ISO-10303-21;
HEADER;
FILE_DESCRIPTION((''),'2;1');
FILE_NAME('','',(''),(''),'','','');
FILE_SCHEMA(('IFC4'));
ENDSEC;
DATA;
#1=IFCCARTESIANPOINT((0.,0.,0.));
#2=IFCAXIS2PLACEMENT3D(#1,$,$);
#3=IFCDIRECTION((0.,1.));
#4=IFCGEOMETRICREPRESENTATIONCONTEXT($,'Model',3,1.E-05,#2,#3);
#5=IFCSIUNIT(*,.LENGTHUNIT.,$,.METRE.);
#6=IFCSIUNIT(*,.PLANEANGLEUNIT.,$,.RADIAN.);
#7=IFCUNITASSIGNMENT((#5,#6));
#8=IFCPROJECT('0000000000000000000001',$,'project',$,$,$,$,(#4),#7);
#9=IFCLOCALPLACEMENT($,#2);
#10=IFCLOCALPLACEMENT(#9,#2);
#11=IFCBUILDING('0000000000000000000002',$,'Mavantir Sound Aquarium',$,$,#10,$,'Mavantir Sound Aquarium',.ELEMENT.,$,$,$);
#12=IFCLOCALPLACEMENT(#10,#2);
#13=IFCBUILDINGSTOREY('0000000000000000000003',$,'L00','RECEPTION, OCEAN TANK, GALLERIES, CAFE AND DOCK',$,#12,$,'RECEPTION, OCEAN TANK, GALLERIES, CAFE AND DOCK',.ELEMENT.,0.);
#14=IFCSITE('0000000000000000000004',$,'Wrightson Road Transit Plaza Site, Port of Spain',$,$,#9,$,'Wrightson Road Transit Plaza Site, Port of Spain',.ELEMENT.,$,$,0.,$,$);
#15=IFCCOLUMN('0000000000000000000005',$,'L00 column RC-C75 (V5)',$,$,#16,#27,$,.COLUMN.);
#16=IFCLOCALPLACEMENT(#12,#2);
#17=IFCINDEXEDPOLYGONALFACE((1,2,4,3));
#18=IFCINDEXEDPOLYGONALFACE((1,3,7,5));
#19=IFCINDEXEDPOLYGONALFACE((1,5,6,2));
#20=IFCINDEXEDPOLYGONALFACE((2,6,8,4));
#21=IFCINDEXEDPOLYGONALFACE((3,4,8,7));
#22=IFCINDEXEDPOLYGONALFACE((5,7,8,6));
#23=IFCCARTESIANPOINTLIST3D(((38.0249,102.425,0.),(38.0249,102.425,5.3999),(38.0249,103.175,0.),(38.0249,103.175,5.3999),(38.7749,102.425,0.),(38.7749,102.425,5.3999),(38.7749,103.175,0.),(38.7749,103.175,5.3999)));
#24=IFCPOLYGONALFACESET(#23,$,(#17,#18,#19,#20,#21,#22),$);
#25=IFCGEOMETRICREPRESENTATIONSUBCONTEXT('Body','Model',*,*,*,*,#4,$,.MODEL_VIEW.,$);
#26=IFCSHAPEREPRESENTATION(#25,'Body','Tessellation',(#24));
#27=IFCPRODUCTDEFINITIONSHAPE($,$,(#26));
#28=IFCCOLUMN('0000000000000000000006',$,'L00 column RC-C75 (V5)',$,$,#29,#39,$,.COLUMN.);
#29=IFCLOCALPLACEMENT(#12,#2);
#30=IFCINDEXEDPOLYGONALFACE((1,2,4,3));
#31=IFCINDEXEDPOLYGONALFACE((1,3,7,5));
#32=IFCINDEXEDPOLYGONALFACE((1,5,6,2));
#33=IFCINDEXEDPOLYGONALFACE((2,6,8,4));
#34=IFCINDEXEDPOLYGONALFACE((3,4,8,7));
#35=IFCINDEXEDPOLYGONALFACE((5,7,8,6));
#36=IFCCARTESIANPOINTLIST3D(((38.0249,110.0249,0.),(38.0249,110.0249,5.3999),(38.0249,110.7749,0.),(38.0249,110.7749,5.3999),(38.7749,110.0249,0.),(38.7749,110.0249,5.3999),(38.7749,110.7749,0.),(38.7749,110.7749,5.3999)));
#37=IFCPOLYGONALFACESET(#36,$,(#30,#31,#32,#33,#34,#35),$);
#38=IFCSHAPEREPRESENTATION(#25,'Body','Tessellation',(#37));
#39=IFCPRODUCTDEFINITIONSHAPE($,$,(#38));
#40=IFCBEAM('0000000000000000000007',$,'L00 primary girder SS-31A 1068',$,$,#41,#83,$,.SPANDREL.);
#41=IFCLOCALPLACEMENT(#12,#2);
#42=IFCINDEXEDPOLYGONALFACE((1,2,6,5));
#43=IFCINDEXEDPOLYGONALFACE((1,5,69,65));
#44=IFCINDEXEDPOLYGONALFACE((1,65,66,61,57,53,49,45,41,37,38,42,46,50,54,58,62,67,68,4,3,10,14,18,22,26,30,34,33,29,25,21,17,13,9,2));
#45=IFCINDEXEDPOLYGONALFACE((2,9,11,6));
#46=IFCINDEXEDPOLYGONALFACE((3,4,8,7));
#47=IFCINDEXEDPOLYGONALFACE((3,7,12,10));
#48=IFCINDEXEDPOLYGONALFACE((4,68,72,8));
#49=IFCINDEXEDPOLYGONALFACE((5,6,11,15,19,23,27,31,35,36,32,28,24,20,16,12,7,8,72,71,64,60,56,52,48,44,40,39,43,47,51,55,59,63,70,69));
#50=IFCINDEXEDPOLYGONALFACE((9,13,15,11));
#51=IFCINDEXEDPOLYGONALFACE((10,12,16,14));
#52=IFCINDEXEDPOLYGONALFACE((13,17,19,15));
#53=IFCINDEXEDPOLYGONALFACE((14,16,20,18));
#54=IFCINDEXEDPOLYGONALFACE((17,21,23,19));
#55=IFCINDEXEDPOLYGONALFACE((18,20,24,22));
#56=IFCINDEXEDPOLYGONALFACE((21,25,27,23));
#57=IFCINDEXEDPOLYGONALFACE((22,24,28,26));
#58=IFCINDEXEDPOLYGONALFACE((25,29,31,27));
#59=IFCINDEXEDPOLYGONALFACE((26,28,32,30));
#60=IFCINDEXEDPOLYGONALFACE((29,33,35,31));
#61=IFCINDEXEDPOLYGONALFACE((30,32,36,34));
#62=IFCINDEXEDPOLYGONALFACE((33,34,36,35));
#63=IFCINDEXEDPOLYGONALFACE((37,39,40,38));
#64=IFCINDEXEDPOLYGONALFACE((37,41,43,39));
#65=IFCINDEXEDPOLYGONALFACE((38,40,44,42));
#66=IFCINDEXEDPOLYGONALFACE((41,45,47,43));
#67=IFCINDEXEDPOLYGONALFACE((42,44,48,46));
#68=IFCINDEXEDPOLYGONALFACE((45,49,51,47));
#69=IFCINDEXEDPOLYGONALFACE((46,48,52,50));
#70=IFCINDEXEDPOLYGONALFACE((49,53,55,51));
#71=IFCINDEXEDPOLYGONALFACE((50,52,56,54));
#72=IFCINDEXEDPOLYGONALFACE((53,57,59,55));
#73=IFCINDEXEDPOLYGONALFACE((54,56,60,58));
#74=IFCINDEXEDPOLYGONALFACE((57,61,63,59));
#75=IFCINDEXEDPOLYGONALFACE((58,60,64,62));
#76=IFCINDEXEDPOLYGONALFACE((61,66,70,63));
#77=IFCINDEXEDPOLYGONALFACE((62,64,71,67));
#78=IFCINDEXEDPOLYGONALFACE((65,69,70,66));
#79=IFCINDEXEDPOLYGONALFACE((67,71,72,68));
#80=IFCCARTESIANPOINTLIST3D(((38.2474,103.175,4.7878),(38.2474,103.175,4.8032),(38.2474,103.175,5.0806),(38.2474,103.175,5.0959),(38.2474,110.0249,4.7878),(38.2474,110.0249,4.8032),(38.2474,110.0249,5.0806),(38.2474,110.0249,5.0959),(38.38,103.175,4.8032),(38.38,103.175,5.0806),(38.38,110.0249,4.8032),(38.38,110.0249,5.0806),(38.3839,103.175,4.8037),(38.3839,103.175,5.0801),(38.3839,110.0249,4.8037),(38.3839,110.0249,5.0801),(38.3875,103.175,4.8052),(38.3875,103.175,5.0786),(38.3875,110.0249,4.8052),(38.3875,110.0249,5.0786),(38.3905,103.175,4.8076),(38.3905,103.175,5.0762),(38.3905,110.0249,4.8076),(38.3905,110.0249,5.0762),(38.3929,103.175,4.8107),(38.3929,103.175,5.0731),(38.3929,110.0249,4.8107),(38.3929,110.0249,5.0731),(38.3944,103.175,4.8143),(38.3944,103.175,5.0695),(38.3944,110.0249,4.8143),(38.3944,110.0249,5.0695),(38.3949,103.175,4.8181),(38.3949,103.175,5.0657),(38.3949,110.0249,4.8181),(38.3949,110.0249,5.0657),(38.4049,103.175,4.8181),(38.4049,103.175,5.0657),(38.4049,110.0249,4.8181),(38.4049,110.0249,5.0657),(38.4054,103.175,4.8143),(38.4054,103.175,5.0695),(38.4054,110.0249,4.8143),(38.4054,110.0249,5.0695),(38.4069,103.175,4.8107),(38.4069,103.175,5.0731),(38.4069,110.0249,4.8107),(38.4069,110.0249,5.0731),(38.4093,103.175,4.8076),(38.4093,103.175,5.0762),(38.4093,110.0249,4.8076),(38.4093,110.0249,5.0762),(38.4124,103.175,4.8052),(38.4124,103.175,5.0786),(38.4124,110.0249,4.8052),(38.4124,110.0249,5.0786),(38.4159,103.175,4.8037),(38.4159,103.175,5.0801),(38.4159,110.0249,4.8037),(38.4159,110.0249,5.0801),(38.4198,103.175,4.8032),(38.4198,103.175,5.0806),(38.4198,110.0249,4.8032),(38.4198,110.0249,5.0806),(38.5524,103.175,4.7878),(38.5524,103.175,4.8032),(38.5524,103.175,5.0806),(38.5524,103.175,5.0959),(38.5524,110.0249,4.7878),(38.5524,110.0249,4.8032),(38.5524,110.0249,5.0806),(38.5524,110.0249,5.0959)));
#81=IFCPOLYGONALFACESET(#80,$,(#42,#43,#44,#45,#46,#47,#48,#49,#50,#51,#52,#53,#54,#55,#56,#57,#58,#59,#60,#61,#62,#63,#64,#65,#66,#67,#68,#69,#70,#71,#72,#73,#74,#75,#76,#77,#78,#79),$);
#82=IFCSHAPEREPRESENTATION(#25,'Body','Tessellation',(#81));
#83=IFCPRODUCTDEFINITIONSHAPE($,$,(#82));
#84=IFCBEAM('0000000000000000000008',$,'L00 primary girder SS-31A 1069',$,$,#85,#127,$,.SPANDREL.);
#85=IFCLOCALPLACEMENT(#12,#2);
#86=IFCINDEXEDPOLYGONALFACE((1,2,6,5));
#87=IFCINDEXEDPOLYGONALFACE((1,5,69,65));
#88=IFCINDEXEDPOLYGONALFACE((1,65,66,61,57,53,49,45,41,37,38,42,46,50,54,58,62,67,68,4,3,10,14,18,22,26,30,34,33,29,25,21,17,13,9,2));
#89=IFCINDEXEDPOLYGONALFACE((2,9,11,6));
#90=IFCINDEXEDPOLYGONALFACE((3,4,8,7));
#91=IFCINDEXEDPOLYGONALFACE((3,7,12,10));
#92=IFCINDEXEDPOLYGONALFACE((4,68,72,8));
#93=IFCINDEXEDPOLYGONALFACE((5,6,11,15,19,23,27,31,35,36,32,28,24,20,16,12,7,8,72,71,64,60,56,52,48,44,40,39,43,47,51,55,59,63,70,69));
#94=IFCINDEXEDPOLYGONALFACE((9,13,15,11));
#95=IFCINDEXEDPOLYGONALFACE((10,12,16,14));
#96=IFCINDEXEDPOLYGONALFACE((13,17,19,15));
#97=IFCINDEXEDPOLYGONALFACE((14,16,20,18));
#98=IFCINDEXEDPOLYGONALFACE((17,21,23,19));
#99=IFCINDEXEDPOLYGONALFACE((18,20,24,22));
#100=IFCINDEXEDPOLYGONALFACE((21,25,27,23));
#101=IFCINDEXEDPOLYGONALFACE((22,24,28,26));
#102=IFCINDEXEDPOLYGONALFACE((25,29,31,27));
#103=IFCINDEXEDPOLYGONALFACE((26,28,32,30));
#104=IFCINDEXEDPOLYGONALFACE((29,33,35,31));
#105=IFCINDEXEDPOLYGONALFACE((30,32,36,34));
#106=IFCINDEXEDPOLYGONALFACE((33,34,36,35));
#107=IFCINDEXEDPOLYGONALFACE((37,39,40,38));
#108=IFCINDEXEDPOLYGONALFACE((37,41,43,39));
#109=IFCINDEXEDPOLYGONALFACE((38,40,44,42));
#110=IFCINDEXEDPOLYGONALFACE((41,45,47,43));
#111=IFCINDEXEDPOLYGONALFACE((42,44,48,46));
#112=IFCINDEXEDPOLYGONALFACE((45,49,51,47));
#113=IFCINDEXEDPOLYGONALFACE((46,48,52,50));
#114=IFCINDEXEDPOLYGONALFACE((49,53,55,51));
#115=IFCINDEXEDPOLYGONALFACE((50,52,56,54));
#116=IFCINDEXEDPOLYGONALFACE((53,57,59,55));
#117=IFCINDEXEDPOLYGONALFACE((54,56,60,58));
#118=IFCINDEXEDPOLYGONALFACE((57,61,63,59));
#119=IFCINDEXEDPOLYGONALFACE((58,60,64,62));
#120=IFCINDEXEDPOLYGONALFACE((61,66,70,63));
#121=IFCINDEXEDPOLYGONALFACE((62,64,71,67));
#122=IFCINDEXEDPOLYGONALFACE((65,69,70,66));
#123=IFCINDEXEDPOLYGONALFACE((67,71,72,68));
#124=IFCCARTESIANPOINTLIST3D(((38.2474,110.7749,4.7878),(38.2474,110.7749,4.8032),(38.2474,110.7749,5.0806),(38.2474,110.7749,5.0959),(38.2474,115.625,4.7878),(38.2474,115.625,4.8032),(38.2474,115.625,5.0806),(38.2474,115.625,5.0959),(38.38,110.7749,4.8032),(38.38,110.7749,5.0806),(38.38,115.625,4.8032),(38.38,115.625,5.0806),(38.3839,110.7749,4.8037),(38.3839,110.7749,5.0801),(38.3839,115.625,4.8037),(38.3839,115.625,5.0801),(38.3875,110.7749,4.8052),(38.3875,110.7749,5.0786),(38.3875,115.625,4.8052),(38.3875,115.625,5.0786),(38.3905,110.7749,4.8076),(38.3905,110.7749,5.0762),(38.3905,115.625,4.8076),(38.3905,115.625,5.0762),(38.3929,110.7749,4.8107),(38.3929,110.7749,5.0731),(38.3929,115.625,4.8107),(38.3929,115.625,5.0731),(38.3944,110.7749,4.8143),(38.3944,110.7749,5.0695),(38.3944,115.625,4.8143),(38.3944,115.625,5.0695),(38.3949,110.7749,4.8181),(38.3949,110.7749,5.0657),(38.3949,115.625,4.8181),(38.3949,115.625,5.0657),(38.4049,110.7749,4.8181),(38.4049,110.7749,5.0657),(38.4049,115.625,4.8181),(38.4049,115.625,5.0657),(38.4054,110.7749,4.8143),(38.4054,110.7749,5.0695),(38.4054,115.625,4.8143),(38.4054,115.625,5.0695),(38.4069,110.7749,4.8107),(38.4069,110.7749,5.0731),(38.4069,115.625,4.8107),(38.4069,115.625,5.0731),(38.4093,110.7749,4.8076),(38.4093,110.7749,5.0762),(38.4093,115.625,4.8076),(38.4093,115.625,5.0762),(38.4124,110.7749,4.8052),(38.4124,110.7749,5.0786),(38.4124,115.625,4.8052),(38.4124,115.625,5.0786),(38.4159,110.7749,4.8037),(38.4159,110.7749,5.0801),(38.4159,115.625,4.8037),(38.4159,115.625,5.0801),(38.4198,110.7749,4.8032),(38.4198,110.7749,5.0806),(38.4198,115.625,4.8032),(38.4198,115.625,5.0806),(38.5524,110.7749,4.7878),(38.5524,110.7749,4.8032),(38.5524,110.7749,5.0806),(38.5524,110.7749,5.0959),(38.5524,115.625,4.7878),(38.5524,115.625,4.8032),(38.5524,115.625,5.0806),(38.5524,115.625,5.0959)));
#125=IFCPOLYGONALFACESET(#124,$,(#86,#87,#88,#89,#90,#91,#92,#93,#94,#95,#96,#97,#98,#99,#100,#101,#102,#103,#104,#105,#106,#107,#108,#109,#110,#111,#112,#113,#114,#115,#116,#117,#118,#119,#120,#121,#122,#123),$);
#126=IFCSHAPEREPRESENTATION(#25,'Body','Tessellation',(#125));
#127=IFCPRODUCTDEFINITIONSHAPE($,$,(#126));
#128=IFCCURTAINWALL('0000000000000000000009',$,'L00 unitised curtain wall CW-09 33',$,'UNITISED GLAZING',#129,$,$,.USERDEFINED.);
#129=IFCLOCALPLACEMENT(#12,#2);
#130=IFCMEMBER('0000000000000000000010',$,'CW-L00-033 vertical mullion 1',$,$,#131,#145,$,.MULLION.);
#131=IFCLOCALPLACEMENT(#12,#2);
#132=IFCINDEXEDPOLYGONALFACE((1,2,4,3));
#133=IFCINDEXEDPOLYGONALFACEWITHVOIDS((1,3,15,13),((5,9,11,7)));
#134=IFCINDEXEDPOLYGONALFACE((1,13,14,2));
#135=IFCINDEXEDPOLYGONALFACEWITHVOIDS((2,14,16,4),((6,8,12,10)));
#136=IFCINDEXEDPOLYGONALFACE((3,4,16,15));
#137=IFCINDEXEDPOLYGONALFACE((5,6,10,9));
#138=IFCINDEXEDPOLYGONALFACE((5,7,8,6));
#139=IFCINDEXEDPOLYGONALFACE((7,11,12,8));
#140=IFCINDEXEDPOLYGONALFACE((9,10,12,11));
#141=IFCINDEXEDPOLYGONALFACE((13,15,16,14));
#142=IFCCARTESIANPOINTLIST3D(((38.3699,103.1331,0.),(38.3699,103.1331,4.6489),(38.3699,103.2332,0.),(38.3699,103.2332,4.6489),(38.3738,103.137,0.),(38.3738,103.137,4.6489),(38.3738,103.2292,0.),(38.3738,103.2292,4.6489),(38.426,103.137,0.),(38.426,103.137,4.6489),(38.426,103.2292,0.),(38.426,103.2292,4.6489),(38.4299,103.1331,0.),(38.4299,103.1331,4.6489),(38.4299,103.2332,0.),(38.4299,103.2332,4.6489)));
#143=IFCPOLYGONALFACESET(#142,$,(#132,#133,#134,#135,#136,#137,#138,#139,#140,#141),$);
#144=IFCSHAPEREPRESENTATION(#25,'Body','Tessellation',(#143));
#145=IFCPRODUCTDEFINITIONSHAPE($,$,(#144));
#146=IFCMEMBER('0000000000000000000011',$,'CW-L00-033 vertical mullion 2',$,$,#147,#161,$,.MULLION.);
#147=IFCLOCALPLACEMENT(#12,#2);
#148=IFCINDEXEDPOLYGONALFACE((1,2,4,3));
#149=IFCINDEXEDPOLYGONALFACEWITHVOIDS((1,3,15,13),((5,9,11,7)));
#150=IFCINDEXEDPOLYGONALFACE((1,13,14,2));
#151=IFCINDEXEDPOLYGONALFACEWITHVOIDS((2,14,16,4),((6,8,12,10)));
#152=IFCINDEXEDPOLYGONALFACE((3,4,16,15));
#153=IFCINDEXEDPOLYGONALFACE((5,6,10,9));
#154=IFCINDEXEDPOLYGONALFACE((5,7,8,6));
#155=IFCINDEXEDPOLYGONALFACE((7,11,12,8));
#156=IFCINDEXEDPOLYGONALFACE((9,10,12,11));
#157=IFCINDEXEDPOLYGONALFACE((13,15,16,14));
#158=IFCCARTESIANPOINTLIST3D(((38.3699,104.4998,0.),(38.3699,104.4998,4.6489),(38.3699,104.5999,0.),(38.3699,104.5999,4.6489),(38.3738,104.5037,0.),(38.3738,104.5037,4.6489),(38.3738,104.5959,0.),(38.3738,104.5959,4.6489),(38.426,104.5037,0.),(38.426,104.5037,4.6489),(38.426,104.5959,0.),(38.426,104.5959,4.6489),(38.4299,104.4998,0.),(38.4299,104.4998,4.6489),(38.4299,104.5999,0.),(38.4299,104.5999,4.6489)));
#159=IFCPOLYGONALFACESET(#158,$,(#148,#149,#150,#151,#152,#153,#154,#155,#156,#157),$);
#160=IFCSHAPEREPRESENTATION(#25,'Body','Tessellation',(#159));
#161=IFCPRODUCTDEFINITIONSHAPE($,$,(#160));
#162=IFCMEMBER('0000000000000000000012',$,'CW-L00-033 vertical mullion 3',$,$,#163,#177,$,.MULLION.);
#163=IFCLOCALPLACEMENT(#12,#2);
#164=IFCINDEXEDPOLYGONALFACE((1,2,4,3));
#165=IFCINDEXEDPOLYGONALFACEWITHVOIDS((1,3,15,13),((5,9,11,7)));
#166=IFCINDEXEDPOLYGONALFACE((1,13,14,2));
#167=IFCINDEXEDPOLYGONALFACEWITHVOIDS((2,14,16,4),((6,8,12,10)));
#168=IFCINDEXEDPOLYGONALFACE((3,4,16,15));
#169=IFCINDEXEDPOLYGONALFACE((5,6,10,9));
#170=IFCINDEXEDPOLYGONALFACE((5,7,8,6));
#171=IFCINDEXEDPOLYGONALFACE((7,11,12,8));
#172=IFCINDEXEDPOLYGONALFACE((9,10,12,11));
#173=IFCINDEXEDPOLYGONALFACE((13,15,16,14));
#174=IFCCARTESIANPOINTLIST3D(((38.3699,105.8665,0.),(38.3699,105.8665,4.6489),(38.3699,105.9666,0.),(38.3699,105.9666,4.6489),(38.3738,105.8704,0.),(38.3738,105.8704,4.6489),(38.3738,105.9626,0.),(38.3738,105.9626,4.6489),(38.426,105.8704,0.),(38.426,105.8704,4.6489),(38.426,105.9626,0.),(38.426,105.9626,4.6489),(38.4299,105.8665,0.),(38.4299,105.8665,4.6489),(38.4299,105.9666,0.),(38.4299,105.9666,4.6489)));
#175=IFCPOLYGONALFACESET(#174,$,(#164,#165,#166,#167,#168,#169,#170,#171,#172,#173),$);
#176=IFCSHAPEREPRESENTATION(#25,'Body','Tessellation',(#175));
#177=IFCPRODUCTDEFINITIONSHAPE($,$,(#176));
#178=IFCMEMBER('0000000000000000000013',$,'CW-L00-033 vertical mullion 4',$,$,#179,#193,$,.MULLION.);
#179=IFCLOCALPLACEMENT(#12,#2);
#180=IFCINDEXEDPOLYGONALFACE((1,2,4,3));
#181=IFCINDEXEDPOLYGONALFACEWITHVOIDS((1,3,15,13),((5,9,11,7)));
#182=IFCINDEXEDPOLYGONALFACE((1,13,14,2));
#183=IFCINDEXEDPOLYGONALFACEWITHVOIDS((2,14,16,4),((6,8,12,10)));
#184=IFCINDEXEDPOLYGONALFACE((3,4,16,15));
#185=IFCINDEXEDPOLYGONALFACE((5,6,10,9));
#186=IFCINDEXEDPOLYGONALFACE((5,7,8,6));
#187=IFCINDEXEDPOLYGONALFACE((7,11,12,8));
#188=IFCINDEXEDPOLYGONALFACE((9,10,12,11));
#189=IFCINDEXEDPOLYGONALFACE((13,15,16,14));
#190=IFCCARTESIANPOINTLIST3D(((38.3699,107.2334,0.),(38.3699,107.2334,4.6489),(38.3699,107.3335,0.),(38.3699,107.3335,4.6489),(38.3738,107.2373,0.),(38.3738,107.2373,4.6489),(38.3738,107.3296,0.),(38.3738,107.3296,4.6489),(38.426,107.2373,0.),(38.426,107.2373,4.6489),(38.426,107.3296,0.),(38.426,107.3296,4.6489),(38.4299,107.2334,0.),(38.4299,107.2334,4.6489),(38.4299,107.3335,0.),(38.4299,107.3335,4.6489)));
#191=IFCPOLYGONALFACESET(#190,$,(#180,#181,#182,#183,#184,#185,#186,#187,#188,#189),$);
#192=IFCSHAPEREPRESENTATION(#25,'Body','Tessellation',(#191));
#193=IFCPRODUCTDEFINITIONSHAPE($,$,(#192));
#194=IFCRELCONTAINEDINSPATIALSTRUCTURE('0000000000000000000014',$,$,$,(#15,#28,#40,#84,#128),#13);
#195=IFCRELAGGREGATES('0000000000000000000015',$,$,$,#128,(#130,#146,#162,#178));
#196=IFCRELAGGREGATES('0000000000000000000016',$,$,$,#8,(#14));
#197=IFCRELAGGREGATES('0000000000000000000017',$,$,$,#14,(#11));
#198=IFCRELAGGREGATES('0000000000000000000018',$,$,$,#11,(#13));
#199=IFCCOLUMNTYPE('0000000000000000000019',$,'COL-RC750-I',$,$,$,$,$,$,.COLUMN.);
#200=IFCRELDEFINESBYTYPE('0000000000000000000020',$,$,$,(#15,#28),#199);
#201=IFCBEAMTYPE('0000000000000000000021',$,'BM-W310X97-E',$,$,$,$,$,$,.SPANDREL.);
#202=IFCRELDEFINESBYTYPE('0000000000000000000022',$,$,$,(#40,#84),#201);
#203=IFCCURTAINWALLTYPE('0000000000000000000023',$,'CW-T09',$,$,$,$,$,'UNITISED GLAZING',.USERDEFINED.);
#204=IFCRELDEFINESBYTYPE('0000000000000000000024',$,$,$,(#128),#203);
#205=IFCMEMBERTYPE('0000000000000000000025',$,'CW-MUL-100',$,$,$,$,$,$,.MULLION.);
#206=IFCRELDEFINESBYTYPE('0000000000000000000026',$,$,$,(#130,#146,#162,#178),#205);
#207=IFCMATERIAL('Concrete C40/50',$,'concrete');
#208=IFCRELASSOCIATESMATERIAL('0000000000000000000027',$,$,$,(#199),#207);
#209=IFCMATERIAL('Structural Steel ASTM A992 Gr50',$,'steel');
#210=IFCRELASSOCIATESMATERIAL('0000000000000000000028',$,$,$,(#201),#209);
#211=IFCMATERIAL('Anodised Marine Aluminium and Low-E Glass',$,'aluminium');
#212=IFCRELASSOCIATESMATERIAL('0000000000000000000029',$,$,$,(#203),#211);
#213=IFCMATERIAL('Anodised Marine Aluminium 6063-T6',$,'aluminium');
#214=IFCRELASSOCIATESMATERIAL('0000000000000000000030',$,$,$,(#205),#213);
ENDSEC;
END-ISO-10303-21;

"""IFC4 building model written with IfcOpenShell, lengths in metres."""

from ifc_helpers import new_model, si_unit, direction, frame, origin, origin_2d, place, context, subcontext, project, spatial, rectangle, hollow_rectangle, i_section, extrude, material, material_profile, profile_set, type_object, element, aggregate, save


model = new_model("IFC4")

# Units and contexts
model_context = context("Model", 3, precision=1e-05, world=origin(), true_north=direction((0.0, 1.0)))
body_context = subcontext(model_context, "Body", "Model", "MODEL_VIEW")
ifc_project = project(units=[si_unit("LENGTHUNIT", "METRE"), si_unit("PLANEANGLEUNIT", "RADIAN")], contexts=[model_context])

# Site, building, storey
site_placement = place(None, origin())
site = spatial("IfcSite", under=ifc_project, at=site_placement, Name="Wrightson Road Transit Plaza Site, Port of Spain", LongName="Wrightson Road Transit Plaza Site, Port of Spain", CompositionType="ELEMENT", RefElevation=0.0)
building_placement = place(site_placement, origin())
building = spatial("IfcBuilding", under=site, at=building_placement, Name="Mavantir Sound Aquarium", LongName="Mavantir Sound Aquarium", CompositionType="ELEMENT")
storey_placement = place(building_placement, origin())
storey = spatial("IfcBuildingStorey", under=building, at=storey_placement, Name="L00", Description="RECEPTION, OCEAN TANK, GALLERIES, CAFE AND DOCK", LongName="RECEPTION, OCEAN TANK, GALLERIES, CAFE AND DOCK", CompositionType="ELEMENT", Elevation=0.0)

# Columns
ifc_material_1 = material(Name="Concrete C40/50", Category="concrete")
ifc_material_profile_1 = material_profile(ifc_material_1, rectangle(XDim=0.75, YDim=0.75, at=origin_2d()), Name="RC 750X750")
ifc_profile_set_1 = profile_set([ifc_material_profile_1], Name="Concrete C40/50")
column_type = type_object("IfcColumnType", Name="COL-RC750-I", PredefinedType="COLUMN", material=ifc_profile_set_1)
for number, where, z_axis, x_axis, name in (
    (1, (38.3999, 102.8, 0.0), (0.0, 0.0, 1.0), (1.0, 0.0, 0.0), "L00 column RC-C75 (V5)"),
    (2, (38.3999, 110.3999, 0.0), (0.0, 0.0, 1.0), (1.0, 0.0, 0.0), "L00 column RC-C75 (V5)"),
):
    element("IfcColumn", number, at=place(storey_placement, frame(where, z_axis=z_axis, x_axis=x_axis)), inside=storey, type_object=column_type, Name=name, PredefinedType="COLUMN", context=body_context, shape_type="SweptSolid", body=[
        extrude(rectangle(XDim=0.75, YDim=0.75, at=origin_2d()), origin(), (0.0, 0.0, 1.0), 5.3999),
    ])

# Beams
ifc_material_2 = material(Name="Structural Steel ASTM A992 Gr50", Category="steel")
ifc_material_profile_2 = material_profile(ifc_material_2, i_section(OverallWidth=0.3049, OverallDepth=0.3081, WebThickness=0.01, FlangeThickness=0.0154, FilletRadius=0.0149, at=origin_2d()), Name="W310X97")
ifc_profile_set_2 = profile_set([ifc_material_profile_2], Name="Structural Steel ASTM A992 Gr50")
beam_type = type_object("IfcBeamType", Name="BM-W310X97-E", PredefinedType="SPANDREL", material=ifc_profile_set_2)
beam_1_placement = place(storey_placement, frame((38.3999, 103.175, 4.9419), z_axis=(0.0, 1.0, 0.0), x_axis=(-1.0, 0.0, 0.0)))
element("IfcBeam", 3, at=beam_1_placement, inside=storey, type_object=beam_type, Name="L00 primary girder SS-31A 1068", PredefinedType="SPANDREL", context=body_context, shape_type="SweptSolid", body=[
    extrude(i_section(OverallWidth=0.3049, OverallDepth=0.3081, WebThickness=0.01, FlangeThickness=0.0154, FilletRadius=0.0149, at=origin_2d()), origin(), (0.0, 0.0, 1.0), 6.8499),
])
beam_2_placement = place(storey_placement, frame((38.3999, 110.7749, 4.9419), z_axis=(0.0, 1.0, 0.0), x_axis=(-1.0, 0.0, 0.0)))
element("IfcBeam", 4, at=beam_2_placement, inside=storey, type_object=beam_type, Name="L00 primary girder SS-31A 1069", PredefinedType="SPANDREL", context=body_context, shape_type="SweptSolid", body=[
    extrude(i_section(OverallWidth=0.3049, OverallDepth=0.3081, WebThickness=0.01, FlangeThickness=0.0154, FilletRadius=0.0149, at=origin_2d()), origin(), (0.0, 0.0, 1.0), 4.8501),
])

# Curtain wall, members
ifc_material_3 = material(Name="Anodised Marine Aluminium and Low-E Glass", Category="aluminium")
curtain_wall_type_1 = type_object("IfcCurtainWallType", Name="CW-T09", ElementType="UNITISED GLAZING", PredefinedType="USERDEFINED", material=ifc_material_3)
curtain_wall_1_placement = place(storey_placement, origin())
curtain_wall_1 = element("IfcCurtainWall", 5, at=curtain_wall_1_placement, inside=storey, type_object=curtain_wall_type_1, Name="L00 unitised curtain wall CW-09 33", ObjectType="UNITISED GLAZING", PredefinedType="USERDEFINED")
ifc_material_4 = material(Name="Anodised Marine Aluminium 6063-T6", Category="aluminium")
ifc_material_profile_3 = material_profile(ifc_material_4, hollow_rectangle(XDim=0.0601, YDim=0.1001, WallThickness=0.0039, at=origin_2d()), Name="ALU-MULLION-100X60")
ifc_profile_set_3 = profile_set([ifc_material_profile_3], Name="Anodised Marine Aluminium 6063-T6")
member_type_1 = type_object("IfcMemberType", Name="CW-MUL-100", PredefinedType="MULLION", material=ifc_profile_set_3)
member_1_placement = place(storey_placement, frame((38.3999, 103.1831, 0.0), z_axis=(0.0, 0.0, 1.0), x_axis=(1.0, 0.0, 0.0)))
member_1 = element("IfcMember", 6, at=member_1_placement, type_object=member_type_1, Name="CW-L00-033 vertical mullion 1", PredefinedType="MULLION", context=body_context, shape_type="SweptSolid", body=[
    extrude(hollow_rectangle(XDim=0.0601, YDim=0.1001, WallThickness=0.0039, at=origin_2d()), origin(), (0.0, 0.0, 1.0), 4.6489),
])
member_2_placement = place(storey_placement, frame((38.3999, 104.5498, 0.0), z_axis=(0.0, 0.0, 1.0), x_axis=(1.0, 0.0, 0.0)))
member_2 = element("IfcMember", 7, at=member_2_placement, type_object=member_type_1, Name="CW-L00-033 vertical mullion 2", PredefinedType="MULLION", context=body_context, shape_type="SweptSolid", body=[
    extrude(hollow_rectangle(XDim=0.0601, YDim=0.1001, WallThickness=0.0039, at=origin_2d()), origin(), (0.0, 0.0, 1.0), 4.6489),
])
member_3_placement = place(storey_placement, frame((38.3999, 105.9165, 0.0), z_axis=(0.0, 0.0, 1.0), x_axis=(1.0, 0.0, 0.0)))
member_3 = element("IfcMember", 8, at=member_3_placement, type_object=member_type_1, Name="CW-L00-033 vertical mullion 3", PredefinedType="MULLION", context=body_context, shape_type="SweptSolid", body=[
    extrude(hollow_rectangle(XDim=0.0601, YDim=0.1001, WallThickness=0.0039, at=origin_2d()), origin(), (0.0, 0.0, 1.0), 4.6489),
])
member_4_placement = place(storey_placement, frame((38.3999, 107.2834, 0.0), z_axis=(0.0, 0.0, 1.0), x_axis=(1.0, 0.0, 0.0)))
member_4 = element("IfcMember", 9, at=member_4_placement, type_object=member_type_1, Name="CW-L00-033 vertical mullion 4", PredefinedType="MULLION", context=body_context, shape_type="SweptSolid", body=[
    extrude(hollow_rectangle(XDim=0.0601, YDim=0.1001, WallThickness=0.0039, at=origin_2d()), origin(), (0.0, 0.0, 1.0), 4.6489),
])

aggregate(curtain_wall_1, [member_1, member_2, member_3, member_4])

save(model, "model.ifc")
